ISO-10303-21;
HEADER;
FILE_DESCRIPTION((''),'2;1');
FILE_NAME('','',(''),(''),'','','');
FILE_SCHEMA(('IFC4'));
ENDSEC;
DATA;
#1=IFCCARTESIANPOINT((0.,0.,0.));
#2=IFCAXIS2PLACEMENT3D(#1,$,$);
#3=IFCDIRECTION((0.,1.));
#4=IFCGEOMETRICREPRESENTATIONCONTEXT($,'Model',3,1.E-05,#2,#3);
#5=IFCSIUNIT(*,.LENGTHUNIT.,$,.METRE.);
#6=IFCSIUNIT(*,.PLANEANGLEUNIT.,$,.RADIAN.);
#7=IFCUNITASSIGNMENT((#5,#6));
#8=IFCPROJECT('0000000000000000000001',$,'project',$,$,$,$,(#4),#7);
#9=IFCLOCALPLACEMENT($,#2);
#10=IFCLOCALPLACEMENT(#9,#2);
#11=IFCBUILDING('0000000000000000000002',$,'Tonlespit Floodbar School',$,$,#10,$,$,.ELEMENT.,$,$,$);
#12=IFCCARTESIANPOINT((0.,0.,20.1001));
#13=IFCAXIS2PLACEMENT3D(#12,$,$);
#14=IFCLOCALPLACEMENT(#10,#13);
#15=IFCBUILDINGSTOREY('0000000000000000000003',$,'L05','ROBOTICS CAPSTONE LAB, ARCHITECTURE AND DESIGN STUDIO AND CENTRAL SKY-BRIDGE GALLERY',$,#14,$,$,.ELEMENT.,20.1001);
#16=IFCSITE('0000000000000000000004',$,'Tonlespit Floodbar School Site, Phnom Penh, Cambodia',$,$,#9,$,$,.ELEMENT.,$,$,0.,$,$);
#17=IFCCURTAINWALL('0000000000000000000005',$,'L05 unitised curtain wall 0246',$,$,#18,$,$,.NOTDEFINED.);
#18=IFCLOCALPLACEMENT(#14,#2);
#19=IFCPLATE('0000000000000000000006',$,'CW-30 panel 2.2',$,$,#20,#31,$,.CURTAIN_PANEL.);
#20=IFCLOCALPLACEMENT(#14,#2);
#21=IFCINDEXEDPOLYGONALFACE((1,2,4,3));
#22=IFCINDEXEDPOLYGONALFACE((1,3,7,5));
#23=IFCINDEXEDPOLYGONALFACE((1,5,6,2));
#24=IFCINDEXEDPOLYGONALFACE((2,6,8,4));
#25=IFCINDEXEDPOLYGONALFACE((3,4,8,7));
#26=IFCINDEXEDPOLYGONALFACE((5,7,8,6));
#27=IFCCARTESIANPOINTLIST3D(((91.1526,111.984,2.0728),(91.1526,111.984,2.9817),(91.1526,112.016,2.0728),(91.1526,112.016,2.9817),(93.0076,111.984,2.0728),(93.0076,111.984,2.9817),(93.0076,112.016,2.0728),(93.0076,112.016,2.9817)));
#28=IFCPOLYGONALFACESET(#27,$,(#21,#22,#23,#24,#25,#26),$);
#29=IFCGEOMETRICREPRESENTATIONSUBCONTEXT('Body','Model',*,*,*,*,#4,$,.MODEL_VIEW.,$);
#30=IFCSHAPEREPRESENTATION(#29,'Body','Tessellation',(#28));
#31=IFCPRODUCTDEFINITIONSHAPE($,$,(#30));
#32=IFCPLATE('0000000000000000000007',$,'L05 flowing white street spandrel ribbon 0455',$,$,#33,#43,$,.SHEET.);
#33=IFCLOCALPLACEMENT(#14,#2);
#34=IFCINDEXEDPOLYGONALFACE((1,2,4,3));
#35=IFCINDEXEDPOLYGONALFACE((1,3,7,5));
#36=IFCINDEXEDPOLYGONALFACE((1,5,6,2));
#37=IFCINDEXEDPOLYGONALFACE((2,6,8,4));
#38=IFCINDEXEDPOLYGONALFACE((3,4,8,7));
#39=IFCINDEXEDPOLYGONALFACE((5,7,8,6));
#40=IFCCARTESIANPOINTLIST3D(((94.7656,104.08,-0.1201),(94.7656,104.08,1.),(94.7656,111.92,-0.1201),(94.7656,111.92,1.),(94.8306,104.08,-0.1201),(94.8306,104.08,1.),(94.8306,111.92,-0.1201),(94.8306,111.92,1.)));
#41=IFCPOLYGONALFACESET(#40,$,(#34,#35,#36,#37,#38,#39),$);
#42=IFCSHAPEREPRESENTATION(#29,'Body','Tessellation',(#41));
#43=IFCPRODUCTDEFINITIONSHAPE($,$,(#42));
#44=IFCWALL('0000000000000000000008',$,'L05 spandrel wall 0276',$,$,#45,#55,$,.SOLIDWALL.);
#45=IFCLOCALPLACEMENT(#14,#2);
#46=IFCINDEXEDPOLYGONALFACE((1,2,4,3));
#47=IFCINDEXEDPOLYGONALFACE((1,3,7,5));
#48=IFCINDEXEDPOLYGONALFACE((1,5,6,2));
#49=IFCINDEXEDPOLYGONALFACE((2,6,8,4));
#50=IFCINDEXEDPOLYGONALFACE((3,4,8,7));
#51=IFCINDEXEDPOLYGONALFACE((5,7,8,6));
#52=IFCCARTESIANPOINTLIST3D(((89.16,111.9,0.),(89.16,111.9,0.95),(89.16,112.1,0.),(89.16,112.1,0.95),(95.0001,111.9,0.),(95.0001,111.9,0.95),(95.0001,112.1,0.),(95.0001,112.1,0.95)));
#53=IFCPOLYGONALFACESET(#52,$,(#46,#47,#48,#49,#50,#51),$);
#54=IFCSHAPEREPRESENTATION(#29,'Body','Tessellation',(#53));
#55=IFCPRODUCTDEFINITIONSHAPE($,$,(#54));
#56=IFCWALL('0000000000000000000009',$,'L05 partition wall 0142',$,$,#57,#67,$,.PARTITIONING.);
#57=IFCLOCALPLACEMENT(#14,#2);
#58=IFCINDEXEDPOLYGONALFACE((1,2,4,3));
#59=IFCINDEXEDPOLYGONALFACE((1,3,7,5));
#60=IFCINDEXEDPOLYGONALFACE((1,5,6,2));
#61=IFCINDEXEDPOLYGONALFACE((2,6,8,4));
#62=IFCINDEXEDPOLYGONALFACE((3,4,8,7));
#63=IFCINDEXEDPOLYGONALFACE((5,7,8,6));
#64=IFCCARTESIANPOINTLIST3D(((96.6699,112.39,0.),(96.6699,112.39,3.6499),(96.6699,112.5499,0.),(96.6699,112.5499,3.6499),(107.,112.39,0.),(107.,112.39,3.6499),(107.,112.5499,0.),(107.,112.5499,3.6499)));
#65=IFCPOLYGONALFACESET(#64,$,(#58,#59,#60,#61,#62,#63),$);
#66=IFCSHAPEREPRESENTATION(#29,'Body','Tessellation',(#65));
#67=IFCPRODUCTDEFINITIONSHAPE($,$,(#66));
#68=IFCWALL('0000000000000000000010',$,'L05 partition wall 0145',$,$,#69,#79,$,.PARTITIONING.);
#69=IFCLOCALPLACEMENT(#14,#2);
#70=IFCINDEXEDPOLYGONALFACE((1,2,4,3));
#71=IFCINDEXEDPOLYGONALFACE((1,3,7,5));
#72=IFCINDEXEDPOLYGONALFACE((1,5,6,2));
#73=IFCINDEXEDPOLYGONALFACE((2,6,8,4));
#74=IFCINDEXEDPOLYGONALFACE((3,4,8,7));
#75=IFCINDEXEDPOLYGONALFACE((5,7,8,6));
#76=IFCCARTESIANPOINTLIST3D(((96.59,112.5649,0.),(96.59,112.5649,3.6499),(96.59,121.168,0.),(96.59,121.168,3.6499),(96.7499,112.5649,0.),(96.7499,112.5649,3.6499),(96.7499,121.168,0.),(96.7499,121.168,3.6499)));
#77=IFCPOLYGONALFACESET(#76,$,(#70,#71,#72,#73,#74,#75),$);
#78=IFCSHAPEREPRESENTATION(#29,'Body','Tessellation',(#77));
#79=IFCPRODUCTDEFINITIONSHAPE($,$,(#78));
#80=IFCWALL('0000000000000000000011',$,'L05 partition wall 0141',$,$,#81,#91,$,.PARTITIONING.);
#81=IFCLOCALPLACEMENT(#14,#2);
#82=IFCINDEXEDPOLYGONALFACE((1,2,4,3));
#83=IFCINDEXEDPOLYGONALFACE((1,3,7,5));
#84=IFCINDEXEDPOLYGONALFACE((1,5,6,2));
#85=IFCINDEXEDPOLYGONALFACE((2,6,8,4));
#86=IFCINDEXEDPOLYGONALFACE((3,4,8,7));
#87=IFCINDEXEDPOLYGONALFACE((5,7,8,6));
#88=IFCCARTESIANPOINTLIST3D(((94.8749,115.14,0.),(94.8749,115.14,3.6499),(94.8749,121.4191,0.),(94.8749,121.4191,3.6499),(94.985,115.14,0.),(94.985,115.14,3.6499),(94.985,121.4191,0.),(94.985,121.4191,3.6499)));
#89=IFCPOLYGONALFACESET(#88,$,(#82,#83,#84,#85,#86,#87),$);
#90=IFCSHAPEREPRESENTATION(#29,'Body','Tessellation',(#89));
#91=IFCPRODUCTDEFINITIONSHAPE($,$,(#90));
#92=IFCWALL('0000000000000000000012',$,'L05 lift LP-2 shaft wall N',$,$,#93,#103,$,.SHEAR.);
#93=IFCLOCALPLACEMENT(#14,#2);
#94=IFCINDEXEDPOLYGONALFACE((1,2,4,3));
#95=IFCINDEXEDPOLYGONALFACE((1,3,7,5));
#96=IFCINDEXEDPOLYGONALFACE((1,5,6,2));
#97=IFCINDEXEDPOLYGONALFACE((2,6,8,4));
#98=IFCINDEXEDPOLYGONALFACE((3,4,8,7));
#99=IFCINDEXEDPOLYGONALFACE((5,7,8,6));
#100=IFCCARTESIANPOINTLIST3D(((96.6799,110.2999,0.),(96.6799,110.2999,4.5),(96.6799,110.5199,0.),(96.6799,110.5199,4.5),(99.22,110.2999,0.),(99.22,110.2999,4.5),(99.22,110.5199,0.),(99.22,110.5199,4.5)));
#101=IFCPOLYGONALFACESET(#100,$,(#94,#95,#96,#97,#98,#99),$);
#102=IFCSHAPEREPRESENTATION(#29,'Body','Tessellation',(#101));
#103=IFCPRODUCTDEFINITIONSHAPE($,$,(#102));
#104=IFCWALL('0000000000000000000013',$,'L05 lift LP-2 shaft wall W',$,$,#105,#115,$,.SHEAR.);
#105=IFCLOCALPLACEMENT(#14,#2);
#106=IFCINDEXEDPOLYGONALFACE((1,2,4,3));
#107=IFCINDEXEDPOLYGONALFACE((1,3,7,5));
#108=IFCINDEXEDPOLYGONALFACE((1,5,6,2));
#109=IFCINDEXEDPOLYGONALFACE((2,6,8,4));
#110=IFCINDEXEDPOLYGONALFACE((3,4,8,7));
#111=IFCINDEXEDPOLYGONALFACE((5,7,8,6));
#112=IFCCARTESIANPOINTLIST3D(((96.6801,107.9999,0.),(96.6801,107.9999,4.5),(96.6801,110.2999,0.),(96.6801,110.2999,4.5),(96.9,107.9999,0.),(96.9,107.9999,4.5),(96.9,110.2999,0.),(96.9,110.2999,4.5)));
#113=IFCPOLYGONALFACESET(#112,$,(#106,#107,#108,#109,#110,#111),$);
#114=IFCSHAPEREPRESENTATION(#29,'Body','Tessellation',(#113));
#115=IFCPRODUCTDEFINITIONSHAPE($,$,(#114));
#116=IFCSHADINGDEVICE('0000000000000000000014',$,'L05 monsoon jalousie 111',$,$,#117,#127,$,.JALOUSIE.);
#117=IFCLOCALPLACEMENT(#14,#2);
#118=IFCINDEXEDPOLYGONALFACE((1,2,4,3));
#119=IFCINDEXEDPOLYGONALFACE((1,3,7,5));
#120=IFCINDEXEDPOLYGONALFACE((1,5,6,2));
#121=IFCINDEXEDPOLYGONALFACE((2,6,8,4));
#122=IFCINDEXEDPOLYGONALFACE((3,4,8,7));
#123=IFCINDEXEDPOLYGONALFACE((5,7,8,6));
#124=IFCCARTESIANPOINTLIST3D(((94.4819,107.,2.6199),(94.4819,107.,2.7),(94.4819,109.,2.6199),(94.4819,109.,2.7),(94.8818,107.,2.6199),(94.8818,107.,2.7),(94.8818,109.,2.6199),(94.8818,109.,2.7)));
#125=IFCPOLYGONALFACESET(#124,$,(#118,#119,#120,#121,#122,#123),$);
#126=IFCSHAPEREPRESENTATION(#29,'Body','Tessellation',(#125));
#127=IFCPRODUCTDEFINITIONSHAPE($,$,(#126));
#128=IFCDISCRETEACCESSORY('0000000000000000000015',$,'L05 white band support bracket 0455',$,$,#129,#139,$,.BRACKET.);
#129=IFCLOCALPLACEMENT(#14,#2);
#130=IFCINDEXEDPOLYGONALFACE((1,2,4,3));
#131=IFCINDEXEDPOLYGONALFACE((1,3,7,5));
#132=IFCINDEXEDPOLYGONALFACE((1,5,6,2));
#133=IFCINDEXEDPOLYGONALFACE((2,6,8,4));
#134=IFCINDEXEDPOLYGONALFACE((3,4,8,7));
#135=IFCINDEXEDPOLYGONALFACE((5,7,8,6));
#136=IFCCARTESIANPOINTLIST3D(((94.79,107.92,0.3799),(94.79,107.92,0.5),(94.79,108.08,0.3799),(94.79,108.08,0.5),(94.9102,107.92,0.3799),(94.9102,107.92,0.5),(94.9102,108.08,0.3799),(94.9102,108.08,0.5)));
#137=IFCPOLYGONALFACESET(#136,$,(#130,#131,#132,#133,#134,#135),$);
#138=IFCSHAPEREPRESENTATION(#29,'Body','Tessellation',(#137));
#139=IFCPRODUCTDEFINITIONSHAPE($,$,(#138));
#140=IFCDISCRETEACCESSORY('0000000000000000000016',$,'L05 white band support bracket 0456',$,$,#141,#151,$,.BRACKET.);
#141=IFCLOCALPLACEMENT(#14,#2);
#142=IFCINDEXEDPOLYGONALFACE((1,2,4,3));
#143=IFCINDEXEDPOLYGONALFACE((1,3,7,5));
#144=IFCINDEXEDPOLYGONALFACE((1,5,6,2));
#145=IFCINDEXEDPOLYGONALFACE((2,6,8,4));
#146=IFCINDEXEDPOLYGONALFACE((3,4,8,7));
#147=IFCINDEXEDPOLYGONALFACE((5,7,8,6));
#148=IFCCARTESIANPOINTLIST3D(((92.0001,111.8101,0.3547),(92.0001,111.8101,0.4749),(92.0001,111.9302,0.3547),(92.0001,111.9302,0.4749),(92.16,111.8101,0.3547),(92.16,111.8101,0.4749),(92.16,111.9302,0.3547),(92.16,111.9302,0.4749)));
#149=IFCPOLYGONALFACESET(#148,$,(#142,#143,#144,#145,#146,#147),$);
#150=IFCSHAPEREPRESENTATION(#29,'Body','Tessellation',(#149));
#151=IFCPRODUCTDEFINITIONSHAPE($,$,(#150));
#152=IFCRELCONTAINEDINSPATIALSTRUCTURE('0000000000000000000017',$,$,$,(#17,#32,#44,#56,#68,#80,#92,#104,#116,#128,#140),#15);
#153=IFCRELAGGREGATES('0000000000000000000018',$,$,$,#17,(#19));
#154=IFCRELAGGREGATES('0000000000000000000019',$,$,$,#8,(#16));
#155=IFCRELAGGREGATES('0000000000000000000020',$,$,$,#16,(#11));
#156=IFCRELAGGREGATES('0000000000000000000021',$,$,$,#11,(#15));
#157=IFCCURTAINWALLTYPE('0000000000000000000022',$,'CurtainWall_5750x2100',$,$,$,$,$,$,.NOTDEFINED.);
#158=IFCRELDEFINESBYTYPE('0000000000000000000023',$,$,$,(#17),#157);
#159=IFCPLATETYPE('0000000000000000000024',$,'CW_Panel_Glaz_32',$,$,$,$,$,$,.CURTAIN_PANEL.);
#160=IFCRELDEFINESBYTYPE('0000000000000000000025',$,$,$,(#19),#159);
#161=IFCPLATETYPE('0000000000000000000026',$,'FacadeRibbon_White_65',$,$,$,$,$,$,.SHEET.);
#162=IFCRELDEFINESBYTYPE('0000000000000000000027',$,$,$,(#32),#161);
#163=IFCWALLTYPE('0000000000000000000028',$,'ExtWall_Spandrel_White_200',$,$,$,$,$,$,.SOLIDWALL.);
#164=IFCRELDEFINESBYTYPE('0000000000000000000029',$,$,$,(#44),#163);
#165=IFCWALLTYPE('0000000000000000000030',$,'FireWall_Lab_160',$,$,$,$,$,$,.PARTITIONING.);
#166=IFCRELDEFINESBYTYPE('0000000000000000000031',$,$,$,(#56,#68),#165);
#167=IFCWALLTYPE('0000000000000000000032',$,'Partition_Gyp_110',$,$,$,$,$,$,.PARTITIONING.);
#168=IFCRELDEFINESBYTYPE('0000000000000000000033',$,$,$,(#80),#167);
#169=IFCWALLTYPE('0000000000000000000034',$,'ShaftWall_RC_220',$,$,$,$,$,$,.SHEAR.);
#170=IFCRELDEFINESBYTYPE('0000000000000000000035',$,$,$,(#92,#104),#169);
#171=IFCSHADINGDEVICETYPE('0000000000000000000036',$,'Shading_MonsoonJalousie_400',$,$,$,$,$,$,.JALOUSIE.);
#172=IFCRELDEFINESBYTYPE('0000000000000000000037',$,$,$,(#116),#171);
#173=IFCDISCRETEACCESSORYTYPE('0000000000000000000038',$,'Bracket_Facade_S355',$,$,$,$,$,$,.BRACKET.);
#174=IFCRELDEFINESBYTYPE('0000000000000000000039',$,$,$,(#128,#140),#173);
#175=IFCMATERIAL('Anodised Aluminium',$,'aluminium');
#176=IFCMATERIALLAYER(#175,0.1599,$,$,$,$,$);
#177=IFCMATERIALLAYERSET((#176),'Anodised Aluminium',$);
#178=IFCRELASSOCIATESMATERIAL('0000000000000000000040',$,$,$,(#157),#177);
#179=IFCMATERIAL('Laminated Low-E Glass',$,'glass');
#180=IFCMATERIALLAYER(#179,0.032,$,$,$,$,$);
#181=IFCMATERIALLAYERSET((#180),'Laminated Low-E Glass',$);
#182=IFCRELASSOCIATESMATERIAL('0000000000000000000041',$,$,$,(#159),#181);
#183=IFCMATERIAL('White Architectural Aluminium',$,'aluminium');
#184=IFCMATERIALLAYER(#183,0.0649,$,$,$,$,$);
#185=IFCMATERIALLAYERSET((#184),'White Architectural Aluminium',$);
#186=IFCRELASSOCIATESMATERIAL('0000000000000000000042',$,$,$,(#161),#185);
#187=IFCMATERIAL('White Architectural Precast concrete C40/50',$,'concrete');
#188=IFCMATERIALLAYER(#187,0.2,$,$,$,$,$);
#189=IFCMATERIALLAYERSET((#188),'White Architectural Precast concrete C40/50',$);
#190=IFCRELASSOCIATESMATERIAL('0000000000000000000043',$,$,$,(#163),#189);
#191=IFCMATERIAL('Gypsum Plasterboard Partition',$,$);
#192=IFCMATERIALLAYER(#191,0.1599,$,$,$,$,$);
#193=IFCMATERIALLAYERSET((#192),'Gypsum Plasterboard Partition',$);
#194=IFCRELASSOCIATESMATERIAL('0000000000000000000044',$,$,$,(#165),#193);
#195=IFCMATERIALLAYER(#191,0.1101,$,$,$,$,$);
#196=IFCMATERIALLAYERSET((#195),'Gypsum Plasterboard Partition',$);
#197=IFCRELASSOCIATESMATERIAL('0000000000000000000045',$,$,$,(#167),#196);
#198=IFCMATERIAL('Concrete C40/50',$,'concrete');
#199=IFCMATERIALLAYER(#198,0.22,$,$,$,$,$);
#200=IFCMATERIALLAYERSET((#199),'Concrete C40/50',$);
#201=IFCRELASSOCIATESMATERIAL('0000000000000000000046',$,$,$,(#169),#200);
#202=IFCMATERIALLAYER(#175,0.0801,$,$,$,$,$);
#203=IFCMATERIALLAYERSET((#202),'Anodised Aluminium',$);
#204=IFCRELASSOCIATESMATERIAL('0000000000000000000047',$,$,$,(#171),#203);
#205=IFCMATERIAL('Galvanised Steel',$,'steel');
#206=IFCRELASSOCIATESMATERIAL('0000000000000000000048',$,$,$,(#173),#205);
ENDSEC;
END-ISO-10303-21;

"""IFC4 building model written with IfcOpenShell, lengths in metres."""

from ifc_helpers import new_model, si_unit, direction, frame, frame_2d, origin, origin_2d, place, context, subcontext, project, spatial, rectangle, extrude, material, layer, layer_set, type_object, element, aggregate, save


model = new_model("IFC4")

# Units and contexts
model_context = context("Model", 3, precision=1e-05, world=origin(), true_north=direction((0.0, 1.0)))
body_context = subcontext(model_context, "Body", "Model", "MODEL_VIEW")
ifc_project = project(units=[si_unit("LENGTHUNIT", "METRE"), si_unit("PLANEANGLEUNIT", "RADIAN")], contexts=[model_context])

# Site, building, storey
site_placement = place(None, origin())
site = spatial("IfcSite", under=ifc_project, at=site_placement, Name="Tonlespit Floodbar School Site, Phnom Penh, Cambodia", CompositionType="ELEMENT", RefElevation=0.0)
building_placement = place(site_placement, origin())
building = spatial("IfcBuilding", under=site, at=building_placement, Name="Tonlespit Floodbar School", CompositionType="ELEMENT")
storey_placement = place(building_placement, frame((0.0, 0.0, 20.1001)))
storey = spatial("IfcBuildingStorey", under=building, at=storey_placement, Name="L05", Description="ROBOTICS CAPSTONE LAB, ARCHITECTURE AND DESIGN STUDIO AND CENTRAL SKY-BRIDGE GALLERY", CompositionType="ELEMENT", Elevation=20.1001)

# Curtain wall, plate
ifc_material_1 = material(Name="Anodised Aluminium", Category="aluminium")
ifc_layer_1 = layer(ifc_material_1, 0.1599)
ifc_layer_set_1 = layer_set([ifc_layer_1], Name="Anodised Aluminium")
curtain_wall_type = type_object("IfcCurtainWallType", Name="CurtainWall_5750x2100", PredefinedType="NOTDEFINED", material=ifc_layer_set_1)
curtain_wall_placement = place(storey_placement, origin())
curtain_wall = element("IfcCurtainWall", 1, at=curtain_wall_placement, inside=storey, type_object=curtain_wall_type, Name="L05 unitised curtain wall 0246", PredefinedType="NOTDEFINED")
ifc_material_2 = material(Name="Laminated Low-E Glass", Category="glass")
ifc_layer_2 = layer(ifc_material_2, 0.032)
ifc_layer_set_2 = layer_set([ifc_layer_2], Name="Laminated Low-E Glass")
plate_type_1 = type_object("IfcPlateType", Name="CW_Panel_Glaz_32", PredefinedType="CURTAIN_PANEL", material=ifc_layer_set_2)
plate_1_placement = place(storey_placement, frame((92.0801, 112.0, 2.0728), z_axis=(0.0, 0.0, 1.0), x_axis=(-1.0, 0.0, 0.0)))
plate_1 = element("IfcPlate", 2, at=plate_1_placement, type_object=plate_type_1, Name="CW-30 panel 2.2", PredefinedType="CURTAIN_PANEL", context=body_context, shape_type="SweptSolid", body=[
    extrude(rectangle(XDim=1.855, YDim=0.032, at=origin_2d()), origin(), (0.0, 0.0, 1.0), 0.9089),
])
aggregate(curtain_wall, [plate_1])

# Plate
ifc_material_3 = material(Name="White Architectural Aluminium", Category="aluminium")
ifc_layer_3 = layer(ifc_material_3, 0.0649)
ifc_layer_set_3 = layer_set([ifc_layer_3], Name="White Architectural Aluminium")
plate_type_2 = type_object("IfcPlateType", Name="FacadeRibbon_White_65", PredefinedType="SHEET", material=ifc_layer_set_3)
plate_2_placement = place(storey_placement, frame((94.7981, 108.0, -0.1201), z_axis=(0.0, 0.0, 1.0), x_axis=(0.0, 1.0, 0.0)))
element("IfcPlate", 3, at=plate_2_placement, inside=storey, type_object=plate_type_2, Name="L05 flowing white street spandrel ribbon 0455", PredefinedType="SHEET", context=body_context, shape_type="SweptSolid", body=[
    extrude(rectangle(XDim=7.8401, YDim=0.0649, at=origin_2d()), origin(), (0.0, 0.0, 1.0), 1.1201),
])

# Walls
ifc_material_4 = material(Name="White Architectural Precast concrete C40/50", Category="concrete")
ifc_layer_4 = layer(ifc_material_4, 0.2)
ifc_layer_set_4 = layer_set([ifc_layer_4], Name="White Architectural Precast concrete C40/50")
wall_type_1 = type_object("IfcWallType", Name="ExtWall_Spandrel_White_200", PredefinedType="SOLIDWALL", material=ifc_layer_set_4)
wall_1_placement = place(storey_placement, frame((95.0, 112.0, 0.0), z_axis=(0.0, 0.0, 1.0), x_axis=(-1.0, 0.0, 0.0)))
element("IfcWall", 4, at=wall_1_placement, inside=storey, type_object=wall_type_1, Name="L05 spandrel wall 0276", PredefinedType="SOLIDWALL", context=body_context, shape_type="SweptSolid", body=[
    extrude(rectangle(XDim=5.8401, YDim=0.2, at=frame_2d((2.9199, 0.0))), origin(), (0.0, 0.0, 1.0), 0.95),
])
ifc_material_5 = material(Name="Gypsum Plasterboard Partition")
ifc_layer_5 = layer(ifc_material_5, 0.1599)
ifc_layer_set_5 = layer_set([ifc_layer_5], Name="Gypsum Plasterboard Partition")
wall_type_2 = type_object("IfcWallType", Name="FireWall_Lab_160", PredefinedType="PARTITIONING", material=ifc_layer_set_5)
wall_2_placement = place(storey_placement, frame((96.6699, 112.47, 0.0), z_axis=(0.0, 0.0, 1.0), x_axis=(1.0, 0.0, 0.0)))
element("IfcWall", 5, at=wall_2_placement, inside=storey, type_object=wall_type_2, Name="L05 partition wall 0142", PredefinedType="PARTITIONING", context=body_context, shape_type="SweptSolid", body=[
    extrude(rectangle(XDim=10.3301, YDim=0.1599, at=frame_2d((5.165, 0.0))), origin(), (0.0, 0.0, 1.0), 3.6499),
])
wall_3_placement = place(storey_placement, frame((96.6699, 112.5649, 0.0), z_axis=(0.0, 0.0, 1.0), x_axis=(0.0, 1.0, 0.0)))
element("IfcWall", 6, at=wall_3_placement, inside=storey, type_object=wall_type_2, Name="L05 partition wall 0145", PredefinedType="PARTITIONING", context=body_context, shape_type="SweptSolid", body=[
    extrude(rectangle(XDim=8.603, YDim=0.1599, at=frame_2d((4.3015, 0.0))), origin(), (0.0, 0.0, 1.0), 3.6499),
])
ifc_layer_6 = layer(ifc_material_5, 0.1101)
ifc_layer_set_6 = layer_set([ifc_layer_6], Name="Gypsum Plasterboard Partition")
wall_type_3 = type_object("IfcWallType", Name="Partition_Gyp_110", PredefinedType="PARTITIONING", material=ifc_layer_set_6)
wall_4_placement = place(storey_placement, frame((94.9299, 115.1399, 0.0), z_axis=(0.0, 0.0, 1.0), x_axis=(0.0, 1.0, 0.0)))
element("IfcWall", 7, at=wall_4_placement, inside=storey, type_object=wall_type_3, Name="L05 partition wall 0141", PredefinedType="PARTITIONING", context=body_context, shape_type="SweptSolid", body=[
    extrude(rectangle(XDim=6.2791, YDim=0.1101, at=frame_2d((3.1396, 0.0))), origin(), (0.0, 0.0, 1.0), 3.6499),
])
ifc_material_6 = material(Name="Concrete C40/50", Category="concrete")
ifc_layer_7 = layer(ifc_material_6, 0.22)
ifc_layer_set_7 = layer_set([ifc_layer_7], Name="Concrete C40/50")
wall_type_4 = type_object("IfcWallType", Name="ShaftWall_RC_220", PredefinedType="SHEAR", material=ifc_layer_set_7)
wall_5_placement = place(storey_placement, frame((96.6799, 110.4099, 0.0), z_axis=(0.0, 0.0, 1.0), x_axis=(1.0, 0.0, 0.0)))
element("IfcWall", 8, at=wall_5_placement, inside=storey, type_object=wall_type_4, Name="L05 lift LP-2 shaft wall N", PredefinedType="SHEAR", context=body_context, shape_type="SweptSolid", body=[
    extrude(rectangle(XDim=2.54, YDim=0.22, at=frame_2d((1.27, 0.0))), origin(), (0.0, 0.0, 1.0), 4.5),
])
wall_6_placement = place(storey_placement, frame((96.79, 108.0, 0.0), z_axis=(0.0, 0.0, 1.0), x_axis=(0.0, 1.0, 0.0)))
element("IfcWall", 9, at=wall_6_placement, inside=storey, type_object=wall_type_4, Name="L05 lift LP-2 shaft wall W", PredefinedType="SHEAR", context=body_context, shape_type="SweptSolid", body=[
    extrude(rectangle(XDim=2.3, YDim=0.22, at=frame_2d((1.1499, 0.0))), origin(), (0.0, 0.0, 1.0), 4.5),
])

# Shading device
ifc_layer_8 = layer(ifc_material_1, 0.0801)
ifc_layer_set_8 = layer_set([ifc_layer_8], Name="Anodised Aluminium")
shading_device_type = type_object("IfcShadingDeviceType", Name="Shading_MonsoonJalousie_400", PredefinedType="JALOUSIE", material=ifc_layer_set_8)
shading_device_placement = place(storey_placement, frame((94.6819, 108.0, 2.6199), z_axis=(0.0, 0.0, 1.0), x_axis=(0.0, 1.0, 0.0)))
element("IfcShadingDevice", 10, at=shading_device_placement, inside=storey, type_object=shading_device_type, Name="L05 monsoon jalousie 111", PredefinedType="JALOUSIE", context=body_context, shape_type="SweptSolid", body=[
    extrude(rectangle(XDim=2.0, YDim=0.3999, at=origin_2d()), origin(), (0.0, 0.0, 1.0), 0.0801),
])

# Discrete accessories
ifc_material_7 = material(Name="Galvanised Steel", Category="steel")
discrete_accessory_type = type_object("IfcDiscreteAccessoryType", Name="Bracket_Facade_S355", PredefinedType="BRACKET", material=ifc_material_7)
for number, where, z_axis, x_axis, name in (
    (11, (94.8501, 108.0, 0.3799), (0.0, 0.0, 1.0), (0.0, 1.0, 0.0), "L05 white band support bracket 0455"),
    (12, (92.0801, 111.8701, 0.3547), (0.0, 0.0, 1.0), (-1.0, 0.0, 0.0), "L05 white band support bracket 0456"),
):
    element("IfcDiscreteAccessory", number, at=place(storey_placement, frame(where, z_axis=z_axis, x_axis=x_axis)), inside=storey, type_object=discrete_accessory_type, Name=name, PredefinedType="BRACKET", context=body_context, shape_type="SweptSolid", body=[
        extrude(rectangle(XDim=0.1599, YDim=0.1201, at=origin_2d()), origin(), (0.0, 0.0, 1.0), 0.1201),
    ])

save(model, "model.ifc")
